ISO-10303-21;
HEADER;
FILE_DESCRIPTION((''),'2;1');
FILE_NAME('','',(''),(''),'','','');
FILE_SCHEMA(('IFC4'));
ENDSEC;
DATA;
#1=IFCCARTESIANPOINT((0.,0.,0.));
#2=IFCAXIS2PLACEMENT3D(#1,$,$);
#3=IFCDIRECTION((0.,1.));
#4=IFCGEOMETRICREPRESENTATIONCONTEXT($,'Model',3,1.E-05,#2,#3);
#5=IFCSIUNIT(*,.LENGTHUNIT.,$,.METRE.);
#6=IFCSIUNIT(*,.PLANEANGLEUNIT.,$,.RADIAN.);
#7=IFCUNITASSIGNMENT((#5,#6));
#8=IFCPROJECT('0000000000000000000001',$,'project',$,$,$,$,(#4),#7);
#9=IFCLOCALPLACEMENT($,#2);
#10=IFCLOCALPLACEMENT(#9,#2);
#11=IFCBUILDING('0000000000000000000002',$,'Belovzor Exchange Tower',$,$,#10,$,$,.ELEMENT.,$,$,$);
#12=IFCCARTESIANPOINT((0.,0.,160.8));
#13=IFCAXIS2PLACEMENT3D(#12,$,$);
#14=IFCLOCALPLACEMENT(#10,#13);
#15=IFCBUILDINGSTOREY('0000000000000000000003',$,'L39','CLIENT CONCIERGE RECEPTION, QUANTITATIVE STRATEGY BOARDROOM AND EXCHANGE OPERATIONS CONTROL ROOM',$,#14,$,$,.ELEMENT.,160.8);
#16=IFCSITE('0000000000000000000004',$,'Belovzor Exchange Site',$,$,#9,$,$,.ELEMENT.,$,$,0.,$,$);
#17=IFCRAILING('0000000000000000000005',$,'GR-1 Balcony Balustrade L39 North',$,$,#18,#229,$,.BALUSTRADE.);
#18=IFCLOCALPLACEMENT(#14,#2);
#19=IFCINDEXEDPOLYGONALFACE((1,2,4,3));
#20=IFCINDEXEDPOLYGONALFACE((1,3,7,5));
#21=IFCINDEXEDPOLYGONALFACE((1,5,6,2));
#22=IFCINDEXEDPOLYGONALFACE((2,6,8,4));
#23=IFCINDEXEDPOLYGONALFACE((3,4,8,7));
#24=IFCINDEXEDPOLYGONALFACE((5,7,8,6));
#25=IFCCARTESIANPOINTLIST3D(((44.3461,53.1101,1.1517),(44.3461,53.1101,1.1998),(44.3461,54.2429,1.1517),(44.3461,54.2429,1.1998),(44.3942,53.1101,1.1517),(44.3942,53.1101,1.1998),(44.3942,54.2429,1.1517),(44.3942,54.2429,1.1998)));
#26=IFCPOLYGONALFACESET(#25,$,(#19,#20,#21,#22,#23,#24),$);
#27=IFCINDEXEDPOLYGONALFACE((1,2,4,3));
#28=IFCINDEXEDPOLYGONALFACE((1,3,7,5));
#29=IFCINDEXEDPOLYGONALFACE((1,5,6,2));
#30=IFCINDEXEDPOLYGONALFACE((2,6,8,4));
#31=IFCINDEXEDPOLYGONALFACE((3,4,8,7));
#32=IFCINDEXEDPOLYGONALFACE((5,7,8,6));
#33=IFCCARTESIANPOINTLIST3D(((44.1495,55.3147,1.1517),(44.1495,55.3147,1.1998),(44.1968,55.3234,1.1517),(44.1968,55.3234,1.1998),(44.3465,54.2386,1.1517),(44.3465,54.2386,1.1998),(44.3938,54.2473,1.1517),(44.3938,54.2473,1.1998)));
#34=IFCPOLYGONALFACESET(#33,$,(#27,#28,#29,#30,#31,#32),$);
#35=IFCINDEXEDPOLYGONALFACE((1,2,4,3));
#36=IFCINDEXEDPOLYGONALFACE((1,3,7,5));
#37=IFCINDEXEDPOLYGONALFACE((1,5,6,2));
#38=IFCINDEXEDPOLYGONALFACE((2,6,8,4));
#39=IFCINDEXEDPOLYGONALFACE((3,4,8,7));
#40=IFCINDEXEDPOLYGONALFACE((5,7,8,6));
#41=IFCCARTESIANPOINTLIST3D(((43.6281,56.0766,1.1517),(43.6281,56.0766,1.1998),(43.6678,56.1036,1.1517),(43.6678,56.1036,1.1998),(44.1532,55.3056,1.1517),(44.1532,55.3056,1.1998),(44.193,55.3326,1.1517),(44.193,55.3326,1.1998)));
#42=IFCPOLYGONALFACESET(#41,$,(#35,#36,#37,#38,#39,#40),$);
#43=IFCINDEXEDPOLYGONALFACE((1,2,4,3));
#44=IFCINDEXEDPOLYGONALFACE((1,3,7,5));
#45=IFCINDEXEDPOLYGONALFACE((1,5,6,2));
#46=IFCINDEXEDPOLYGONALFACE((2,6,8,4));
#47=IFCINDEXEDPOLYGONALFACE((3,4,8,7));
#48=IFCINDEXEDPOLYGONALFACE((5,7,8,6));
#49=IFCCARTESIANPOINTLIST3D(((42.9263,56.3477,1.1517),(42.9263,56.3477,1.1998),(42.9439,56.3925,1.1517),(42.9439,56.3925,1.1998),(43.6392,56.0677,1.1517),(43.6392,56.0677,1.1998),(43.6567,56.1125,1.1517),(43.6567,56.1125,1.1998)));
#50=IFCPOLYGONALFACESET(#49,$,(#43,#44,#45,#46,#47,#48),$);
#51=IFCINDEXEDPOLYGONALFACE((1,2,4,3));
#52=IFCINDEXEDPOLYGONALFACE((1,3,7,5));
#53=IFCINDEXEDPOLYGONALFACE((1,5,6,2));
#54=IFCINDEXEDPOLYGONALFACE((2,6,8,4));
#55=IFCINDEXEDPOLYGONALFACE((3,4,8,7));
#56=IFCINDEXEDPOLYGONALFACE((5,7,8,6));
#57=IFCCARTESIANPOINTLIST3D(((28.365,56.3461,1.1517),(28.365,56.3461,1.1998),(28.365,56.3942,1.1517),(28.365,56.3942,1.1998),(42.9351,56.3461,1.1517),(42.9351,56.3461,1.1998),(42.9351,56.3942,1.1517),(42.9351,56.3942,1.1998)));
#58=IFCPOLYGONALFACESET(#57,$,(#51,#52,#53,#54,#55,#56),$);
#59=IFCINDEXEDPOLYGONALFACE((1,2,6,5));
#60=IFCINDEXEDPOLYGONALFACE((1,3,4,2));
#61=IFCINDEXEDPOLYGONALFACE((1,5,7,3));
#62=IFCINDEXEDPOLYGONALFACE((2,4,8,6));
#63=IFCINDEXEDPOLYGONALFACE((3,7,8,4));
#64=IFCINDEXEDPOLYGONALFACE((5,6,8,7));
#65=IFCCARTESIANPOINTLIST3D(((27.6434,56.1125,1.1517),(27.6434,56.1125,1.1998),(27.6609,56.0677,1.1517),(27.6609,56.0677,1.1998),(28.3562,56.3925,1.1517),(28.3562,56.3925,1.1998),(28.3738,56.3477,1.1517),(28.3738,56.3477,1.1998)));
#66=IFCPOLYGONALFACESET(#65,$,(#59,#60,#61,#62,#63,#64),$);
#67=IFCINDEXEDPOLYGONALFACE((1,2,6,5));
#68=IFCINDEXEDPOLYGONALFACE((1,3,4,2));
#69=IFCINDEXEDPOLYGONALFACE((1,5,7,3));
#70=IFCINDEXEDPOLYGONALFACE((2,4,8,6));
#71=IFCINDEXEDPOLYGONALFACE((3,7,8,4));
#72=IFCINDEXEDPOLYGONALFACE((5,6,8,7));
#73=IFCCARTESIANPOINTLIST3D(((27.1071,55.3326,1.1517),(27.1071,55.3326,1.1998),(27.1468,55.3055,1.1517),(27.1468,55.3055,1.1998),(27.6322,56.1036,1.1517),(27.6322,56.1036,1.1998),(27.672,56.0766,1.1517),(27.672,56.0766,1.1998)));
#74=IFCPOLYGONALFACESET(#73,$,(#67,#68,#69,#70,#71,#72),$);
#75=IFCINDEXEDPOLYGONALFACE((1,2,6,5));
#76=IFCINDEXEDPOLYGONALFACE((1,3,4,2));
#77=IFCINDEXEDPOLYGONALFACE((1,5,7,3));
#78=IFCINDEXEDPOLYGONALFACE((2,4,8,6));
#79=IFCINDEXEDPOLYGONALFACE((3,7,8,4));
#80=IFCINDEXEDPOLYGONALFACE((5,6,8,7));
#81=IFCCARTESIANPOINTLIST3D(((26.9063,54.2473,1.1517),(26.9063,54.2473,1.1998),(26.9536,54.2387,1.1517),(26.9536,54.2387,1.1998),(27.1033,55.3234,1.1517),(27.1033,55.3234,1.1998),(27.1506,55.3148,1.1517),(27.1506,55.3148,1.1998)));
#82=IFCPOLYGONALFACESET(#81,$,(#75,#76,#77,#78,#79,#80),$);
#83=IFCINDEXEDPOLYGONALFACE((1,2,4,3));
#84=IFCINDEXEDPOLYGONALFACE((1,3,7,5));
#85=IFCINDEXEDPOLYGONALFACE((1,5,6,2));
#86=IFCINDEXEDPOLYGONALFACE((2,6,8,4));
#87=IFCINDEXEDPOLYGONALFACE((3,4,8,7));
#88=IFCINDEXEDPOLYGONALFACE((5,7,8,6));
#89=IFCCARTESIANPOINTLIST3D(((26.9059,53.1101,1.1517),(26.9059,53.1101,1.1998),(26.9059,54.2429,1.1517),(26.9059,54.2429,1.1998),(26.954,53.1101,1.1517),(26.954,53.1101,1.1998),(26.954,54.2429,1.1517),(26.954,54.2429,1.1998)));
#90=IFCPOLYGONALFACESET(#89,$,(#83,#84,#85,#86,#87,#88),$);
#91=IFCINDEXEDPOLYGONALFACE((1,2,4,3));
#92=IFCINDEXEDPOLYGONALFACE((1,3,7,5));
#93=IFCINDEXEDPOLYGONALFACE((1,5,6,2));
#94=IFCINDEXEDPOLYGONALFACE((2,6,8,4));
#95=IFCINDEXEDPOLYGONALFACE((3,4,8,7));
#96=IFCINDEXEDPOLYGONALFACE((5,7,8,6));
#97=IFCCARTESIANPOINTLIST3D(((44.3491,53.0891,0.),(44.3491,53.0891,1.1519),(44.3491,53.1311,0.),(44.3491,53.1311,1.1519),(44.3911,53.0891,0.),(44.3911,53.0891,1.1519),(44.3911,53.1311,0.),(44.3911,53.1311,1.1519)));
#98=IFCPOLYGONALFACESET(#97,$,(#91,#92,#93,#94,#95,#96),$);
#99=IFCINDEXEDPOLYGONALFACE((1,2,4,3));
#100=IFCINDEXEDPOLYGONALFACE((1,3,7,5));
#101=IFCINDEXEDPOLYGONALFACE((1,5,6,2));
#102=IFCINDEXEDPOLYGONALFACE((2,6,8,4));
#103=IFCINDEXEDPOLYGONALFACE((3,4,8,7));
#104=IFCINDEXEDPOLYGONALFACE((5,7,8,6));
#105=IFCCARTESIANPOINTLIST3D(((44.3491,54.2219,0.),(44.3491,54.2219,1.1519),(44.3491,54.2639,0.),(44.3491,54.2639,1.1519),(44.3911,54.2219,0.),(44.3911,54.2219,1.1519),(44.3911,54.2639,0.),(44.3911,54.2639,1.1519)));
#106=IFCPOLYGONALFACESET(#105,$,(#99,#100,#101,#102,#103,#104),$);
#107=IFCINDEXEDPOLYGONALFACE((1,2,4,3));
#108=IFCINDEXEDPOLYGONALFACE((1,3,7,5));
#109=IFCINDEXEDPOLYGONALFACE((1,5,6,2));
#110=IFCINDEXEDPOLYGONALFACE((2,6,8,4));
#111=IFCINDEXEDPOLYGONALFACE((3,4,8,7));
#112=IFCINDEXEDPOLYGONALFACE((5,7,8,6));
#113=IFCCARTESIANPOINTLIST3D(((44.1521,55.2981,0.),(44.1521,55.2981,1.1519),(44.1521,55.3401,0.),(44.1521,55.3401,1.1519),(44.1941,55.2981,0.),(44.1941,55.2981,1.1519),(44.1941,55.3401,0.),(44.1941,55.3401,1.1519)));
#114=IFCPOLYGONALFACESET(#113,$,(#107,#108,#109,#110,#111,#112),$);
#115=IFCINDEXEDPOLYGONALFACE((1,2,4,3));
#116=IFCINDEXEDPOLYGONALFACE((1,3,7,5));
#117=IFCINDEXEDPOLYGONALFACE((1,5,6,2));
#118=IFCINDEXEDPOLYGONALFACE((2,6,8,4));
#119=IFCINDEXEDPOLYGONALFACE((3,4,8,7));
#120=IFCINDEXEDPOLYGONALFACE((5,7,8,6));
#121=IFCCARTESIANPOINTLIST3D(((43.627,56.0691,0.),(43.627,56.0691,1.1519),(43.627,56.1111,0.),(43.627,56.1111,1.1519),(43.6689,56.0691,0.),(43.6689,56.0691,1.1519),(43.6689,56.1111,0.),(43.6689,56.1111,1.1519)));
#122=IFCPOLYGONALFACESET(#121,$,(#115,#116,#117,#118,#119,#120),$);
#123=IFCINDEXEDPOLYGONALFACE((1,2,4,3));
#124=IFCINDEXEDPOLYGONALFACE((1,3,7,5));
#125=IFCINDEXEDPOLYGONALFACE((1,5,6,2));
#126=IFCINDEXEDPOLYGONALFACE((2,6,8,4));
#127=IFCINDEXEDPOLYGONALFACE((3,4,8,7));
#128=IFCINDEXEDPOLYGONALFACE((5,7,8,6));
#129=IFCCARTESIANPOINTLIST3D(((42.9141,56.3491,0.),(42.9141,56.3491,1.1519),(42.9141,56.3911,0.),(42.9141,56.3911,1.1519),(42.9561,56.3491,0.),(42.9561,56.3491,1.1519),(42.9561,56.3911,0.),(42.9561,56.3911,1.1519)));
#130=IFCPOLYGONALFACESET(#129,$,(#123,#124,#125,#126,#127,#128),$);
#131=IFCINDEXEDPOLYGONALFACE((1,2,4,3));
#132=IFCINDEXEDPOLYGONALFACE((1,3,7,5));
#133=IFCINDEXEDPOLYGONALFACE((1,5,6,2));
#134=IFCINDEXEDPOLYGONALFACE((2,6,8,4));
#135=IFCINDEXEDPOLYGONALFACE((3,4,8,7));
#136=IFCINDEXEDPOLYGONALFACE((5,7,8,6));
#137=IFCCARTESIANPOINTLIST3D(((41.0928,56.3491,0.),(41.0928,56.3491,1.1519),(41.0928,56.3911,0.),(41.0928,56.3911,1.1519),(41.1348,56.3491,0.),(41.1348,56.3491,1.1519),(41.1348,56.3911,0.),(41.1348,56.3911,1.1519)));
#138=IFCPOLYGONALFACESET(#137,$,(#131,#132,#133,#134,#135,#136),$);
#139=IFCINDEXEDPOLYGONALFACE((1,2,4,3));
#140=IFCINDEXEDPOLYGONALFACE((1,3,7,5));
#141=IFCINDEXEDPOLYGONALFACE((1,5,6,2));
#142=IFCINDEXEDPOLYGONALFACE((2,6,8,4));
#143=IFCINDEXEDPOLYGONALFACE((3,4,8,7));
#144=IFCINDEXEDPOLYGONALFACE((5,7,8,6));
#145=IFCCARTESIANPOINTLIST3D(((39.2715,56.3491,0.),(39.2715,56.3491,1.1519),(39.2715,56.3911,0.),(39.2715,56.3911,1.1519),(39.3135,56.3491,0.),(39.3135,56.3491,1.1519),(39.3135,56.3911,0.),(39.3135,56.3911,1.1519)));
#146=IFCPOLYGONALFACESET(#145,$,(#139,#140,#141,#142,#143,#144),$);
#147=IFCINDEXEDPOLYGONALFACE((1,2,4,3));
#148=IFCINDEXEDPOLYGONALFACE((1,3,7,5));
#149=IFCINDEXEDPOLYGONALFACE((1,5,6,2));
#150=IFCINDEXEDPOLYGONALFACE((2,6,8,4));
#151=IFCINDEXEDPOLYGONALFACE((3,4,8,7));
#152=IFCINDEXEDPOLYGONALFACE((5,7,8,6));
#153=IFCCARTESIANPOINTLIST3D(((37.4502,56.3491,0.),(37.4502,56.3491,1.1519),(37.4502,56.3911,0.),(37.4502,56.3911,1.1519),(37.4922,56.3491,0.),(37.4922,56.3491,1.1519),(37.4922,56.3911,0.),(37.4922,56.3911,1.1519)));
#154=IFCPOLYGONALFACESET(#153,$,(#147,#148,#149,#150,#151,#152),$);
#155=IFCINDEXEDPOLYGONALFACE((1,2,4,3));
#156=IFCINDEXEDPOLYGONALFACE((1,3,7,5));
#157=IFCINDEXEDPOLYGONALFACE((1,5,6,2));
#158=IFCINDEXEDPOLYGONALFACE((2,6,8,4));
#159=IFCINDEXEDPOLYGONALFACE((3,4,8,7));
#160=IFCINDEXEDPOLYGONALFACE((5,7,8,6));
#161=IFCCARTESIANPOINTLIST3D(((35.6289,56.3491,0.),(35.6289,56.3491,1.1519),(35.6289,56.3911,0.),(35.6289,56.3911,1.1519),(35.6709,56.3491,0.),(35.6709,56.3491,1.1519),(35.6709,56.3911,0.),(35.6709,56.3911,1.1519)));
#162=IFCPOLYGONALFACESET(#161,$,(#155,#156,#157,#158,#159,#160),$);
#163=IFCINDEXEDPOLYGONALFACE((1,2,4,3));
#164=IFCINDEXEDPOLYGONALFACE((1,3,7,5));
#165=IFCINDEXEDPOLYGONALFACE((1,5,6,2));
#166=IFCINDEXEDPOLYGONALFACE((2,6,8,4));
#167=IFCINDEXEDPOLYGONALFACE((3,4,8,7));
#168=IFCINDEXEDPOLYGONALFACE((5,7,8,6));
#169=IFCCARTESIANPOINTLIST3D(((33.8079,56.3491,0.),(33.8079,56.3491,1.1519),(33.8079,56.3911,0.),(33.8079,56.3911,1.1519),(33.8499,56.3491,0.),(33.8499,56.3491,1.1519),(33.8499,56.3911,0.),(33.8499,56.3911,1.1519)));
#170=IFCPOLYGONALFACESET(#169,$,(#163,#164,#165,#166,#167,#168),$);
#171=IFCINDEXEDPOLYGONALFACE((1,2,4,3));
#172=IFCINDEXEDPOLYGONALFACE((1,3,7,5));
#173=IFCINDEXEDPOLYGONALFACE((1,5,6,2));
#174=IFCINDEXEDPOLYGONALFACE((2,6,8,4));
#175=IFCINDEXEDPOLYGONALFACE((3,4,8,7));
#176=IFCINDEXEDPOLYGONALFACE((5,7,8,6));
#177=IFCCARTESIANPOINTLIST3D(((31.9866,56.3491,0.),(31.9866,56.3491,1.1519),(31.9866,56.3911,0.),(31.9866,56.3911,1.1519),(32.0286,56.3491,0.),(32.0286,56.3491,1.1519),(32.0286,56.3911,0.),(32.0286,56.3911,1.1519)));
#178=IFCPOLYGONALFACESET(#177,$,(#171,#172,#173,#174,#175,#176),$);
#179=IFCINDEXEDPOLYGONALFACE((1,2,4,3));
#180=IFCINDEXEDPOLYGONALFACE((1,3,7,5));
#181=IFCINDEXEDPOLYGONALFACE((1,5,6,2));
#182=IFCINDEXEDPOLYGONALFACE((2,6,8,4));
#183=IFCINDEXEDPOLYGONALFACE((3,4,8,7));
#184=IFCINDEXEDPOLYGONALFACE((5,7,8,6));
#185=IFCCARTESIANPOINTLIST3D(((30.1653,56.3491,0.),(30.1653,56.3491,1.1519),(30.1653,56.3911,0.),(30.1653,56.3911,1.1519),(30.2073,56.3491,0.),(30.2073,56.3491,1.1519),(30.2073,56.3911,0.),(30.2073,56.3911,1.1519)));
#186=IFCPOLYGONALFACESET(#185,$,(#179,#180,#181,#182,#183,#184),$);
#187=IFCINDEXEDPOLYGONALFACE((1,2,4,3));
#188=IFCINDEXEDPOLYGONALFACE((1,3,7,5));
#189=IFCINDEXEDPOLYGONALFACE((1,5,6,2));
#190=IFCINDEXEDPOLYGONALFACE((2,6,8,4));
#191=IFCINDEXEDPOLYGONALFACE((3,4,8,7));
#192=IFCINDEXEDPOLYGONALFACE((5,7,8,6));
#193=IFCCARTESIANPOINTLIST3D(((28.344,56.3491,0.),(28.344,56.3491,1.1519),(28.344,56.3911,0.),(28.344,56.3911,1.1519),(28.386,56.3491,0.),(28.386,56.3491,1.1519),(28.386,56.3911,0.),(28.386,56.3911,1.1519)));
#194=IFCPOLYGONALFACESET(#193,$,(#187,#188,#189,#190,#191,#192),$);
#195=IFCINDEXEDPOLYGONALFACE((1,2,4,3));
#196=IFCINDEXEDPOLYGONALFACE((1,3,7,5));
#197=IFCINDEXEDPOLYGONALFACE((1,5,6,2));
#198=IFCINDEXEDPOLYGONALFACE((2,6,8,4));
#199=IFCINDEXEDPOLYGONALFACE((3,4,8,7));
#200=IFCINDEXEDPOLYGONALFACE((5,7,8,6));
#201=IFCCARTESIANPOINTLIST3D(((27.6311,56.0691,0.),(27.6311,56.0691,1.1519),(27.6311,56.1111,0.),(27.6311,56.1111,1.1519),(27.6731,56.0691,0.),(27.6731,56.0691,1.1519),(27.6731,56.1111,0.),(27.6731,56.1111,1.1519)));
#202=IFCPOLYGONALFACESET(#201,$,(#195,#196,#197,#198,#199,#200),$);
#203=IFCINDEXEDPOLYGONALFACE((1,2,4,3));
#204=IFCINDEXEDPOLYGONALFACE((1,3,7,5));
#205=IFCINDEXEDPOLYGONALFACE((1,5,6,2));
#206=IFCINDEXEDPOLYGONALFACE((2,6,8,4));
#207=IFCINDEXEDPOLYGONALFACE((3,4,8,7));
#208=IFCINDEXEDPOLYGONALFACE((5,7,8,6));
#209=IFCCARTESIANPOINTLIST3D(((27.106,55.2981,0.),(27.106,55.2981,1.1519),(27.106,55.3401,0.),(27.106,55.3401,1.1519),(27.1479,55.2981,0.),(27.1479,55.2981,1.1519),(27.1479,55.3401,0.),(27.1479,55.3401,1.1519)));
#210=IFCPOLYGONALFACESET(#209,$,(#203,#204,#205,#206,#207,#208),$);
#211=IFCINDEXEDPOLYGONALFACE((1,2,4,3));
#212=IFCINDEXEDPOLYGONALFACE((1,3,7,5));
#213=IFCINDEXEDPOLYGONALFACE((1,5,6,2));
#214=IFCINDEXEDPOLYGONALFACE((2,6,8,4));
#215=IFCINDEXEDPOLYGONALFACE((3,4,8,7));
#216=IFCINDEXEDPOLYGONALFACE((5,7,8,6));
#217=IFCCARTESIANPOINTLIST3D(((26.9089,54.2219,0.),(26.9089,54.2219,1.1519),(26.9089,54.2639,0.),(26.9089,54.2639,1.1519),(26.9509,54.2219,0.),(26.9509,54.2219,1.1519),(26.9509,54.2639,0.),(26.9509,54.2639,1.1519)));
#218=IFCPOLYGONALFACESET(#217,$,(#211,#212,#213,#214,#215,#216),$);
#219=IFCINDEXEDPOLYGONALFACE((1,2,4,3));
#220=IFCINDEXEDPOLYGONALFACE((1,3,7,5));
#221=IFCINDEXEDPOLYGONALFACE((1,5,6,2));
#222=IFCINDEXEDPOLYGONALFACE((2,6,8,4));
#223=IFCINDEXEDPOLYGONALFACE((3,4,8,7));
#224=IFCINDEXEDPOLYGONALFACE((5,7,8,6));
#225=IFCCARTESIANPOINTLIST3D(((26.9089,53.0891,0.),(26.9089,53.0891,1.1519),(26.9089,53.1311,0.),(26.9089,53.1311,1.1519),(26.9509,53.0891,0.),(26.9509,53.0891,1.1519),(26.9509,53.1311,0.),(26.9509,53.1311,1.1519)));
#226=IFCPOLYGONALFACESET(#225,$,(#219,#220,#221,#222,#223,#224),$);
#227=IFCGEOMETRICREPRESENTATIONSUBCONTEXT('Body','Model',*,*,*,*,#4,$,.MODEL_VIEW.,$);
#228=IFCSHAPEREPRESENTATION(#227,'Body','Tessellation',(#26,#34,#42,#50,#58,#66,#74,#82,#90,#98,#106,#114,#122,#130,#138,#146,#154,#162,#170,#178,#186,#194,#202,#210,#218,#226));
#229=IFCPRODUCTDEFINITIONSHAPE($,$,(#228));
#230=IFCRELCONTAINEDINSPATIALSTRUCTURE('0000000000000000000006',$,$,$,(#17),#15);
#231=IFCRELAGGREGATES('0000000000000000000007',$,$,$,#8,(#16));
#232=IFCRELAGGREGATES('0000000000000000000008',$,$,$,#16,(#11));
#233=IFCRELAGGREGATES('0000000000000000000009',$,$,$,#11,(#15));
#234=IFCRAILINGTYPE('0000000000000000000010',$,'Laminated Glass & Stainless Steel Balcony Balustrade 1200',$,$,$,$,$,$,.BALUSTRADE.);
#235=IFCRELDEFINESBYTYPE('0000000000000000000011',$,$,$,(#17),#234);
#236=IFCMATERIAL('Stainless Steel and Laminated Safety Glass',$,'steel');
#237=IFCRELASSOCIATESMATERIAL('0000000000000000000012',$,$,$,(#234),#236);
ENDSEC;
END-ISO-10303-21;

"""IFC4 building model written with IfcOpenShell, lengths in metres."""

from ifc_helpers import new_model, si_unit, direction, frame, origin, origin_2d, place, context, subcontext, project, spatial, rectangle, extrude, material, type_object, element, save


model = new_model("IFC4")

# Units and contexts
model_context = context("Model", 3, precision=1e-05, world=origin(), true_north=direction((0.0, 1.0)))
body_context = subcontext(model_context, "Body", "Model", "MODEL_VIEW")
ifc_project = project(units=[si_unit("LENGTHUNIT", "METRE"), si_unit("PLANEANGLEUNIT", "RADIAN")], contexts=[model_context])

# Site, building, storey
site_placement = place(None, origin())
site = spatial("IfcSite", under=ifc_project, at=site_placement, Name="Belovzor Exchange Site", CompositionType="ELEMENT", RefElevation=0.0)
building_placement = place(site_placement, origin())
building = spatial("IfcBuilding", under=site, at=building_placement, Name="Belovzor Exchange Tower", CompositionType="ELEMENT")
storey_placement = place(building_placement, frame((0.0, 0.0, 160.8)))
storey = spatial("IfcBuildingStorey", under=building, at=storey_placement, Name="L39", Description="CLIENT CONCIERGE RECEPTION, QUANTITATIVE STRATEGY BOARDROOM AND EXCHANGE OPERATIONS CONTROL ROOM", CompositionType="ELEMENT", Elevation=160.8)

# Railing
ifc_material_1 = material(Name="Stainless Steel and Laminated Safety Glass", Category="steel")
railing_type = type_object("IfcRailingType", Name="Laminated Glass & Stainless Steel Balcony Balustrade 1200", PredefinedType="BALUSTRADE", material=ifc_material_1)
railing_placement = place(storey_placement, frame((44.3701, 53.1101, 0.0)))
element("IfcRailing", 1, at=railing_placement, inside=storey, type_object=railing_type, Name="GR-1 Balcony Balustrade L39 North", PredefinedType="BALUSTRADE", context=body_context, shape_type="SweptSolid", body=[
    extrude(rectangle(XDim=0.0481, YDim=0.0481, at=origin_2d()), frame((0.0, 0.0, 1.1758), z_axis=(0.0, 1.0, 0.0), x_axis=(-1.0, 0.0, 0.0)), (0.0, 0.0, 1.0), 1.1328),
    extrude(rectangle(XDim=0.0481, YDim=0.0481, at=origin_2d()), frame((0.0, 1.1328, 1.1758), z_axis=(-0.180083, 0.983651, 0.0), x_axis=(-0.983651, -0.180083, 0.0)), (0.0, 0.0, 1.0), 1.094),
    extrude(rectangle(XDim=0.0481, YDim=0.0481, at=origin_2d()), frame((-0.197, 2.209, 1.1758), z_axis=(-0.562947, 0.826493, 0.0), x_axis=(-0.826493, -0.562947, 0.0)), (0.0, 0.0, 1.0), 0.9329),
    extrude(rectangle(XDim=0.0481, YDim=0.0481, at=origin_2d()), frame((-0.7222, 2.98, 1.1758), z_axis=(-0.930767, 0.365613, 0.0), x_axis=(-0.365613, -0.930767, 0.0)), (0.0, 0.0, 1.0), 0.7659),
    extrude(rectangle(XDim=0.0481, YDim=0.0481, at=origin_2d()), frame((-1.4351, 3.26, 1.1758), z_axis=(-1.0, 0.0, 0.0), x_axis=(0.0, -1.0, 0.0)), (0.0, 0.0, 1.0), 14.5701),
    extrude(rectangle(XDim=0.0481, YDim=0.0481, at=origin_2d()), frame((-16.0051, 3.26, 1.1758), z_axis=(-0.930767, -0.365613, 0.0), x_axis=(0.365613, -0.930767, 0.0)), (0.0, 0.0, 1.0), 0.7659),
    extrude(rectangle(XDim=0.0481, YDim=0.0481, at=origin_2d()), frame((-16.718, 2.98, 1.1758), z_axis=(-0.562947, -0.826493, 0.0), x_axis=(0.826493, -0.562947, 0.0)), (0.0, 0.0, 1.0), 0.9329),
    extrude(rectangle(XDim=0.0481, YDim=0.0481, at=origin_2d()), frame((-17.2432, 2.209, 1.1758), z_axis=(-0.180083, -0.983651, 0.0), x_axis=(0.983651, -0.180083, 0.0)), (0.0, 0.0, 1.0), 1.094),
    extrude(rectangle(XDim=0.0481, YDim=0.0481, at=origin_2d()), frame((-17.4402, 1.1328, 1.1758), z_axis=(0.0, -1.0, 0.0), x_axis=(1.0, 0.0, 0.0)), (0.0, 0.0, 1.0), 1.1328),
    extrude(rectangle(XDim=0.042, YDim=0.042, at=origin_2d()), origin(), (0.0, 0.0, 1.0), 1.1519),
    extrude(rectangle(XDim=0.042, YDim=0.042, at=origin_2d()), frame((0.0, 1.1328, 0.0)), (0.0, 0.0, 1.0), 1.1519),
    extrude(rectangle(XDim=0.042, YDim=0.042, at=origin_2d()), frame((-0.197, 2.209, 0.0)), (0.0, 0.0, 1.0), 1.1519),
    extrude(rectangle(XDim=0.042, YDim=0.042, at=origin_2d()), frame((-0.7222, 2.98, 0.0)), (0.0, 0.0, 1.0), 1.1519),
    extrude(rectangle(XDim=0.042, YDim=0.042, at=origin_2d()), frame((-1.4351, 3.26, 0.0)), (0.0, 0.0, 1.0), 1.1519),
    extrude(rectangle(XDim=0.042, YDim=0.042, at=origin_2d()), frame((-3.2563, 3.26, 0.0)), (0.0, 0.0, 1.0), 1.1519),
    extrude(rectangle(XDim=0.042, YDim=0.042, at=origin_2d()), frame((-5.0776, 3.26, 0.0)), (0.0, 0.0, 1.0), 1.1519),
    extrude(rectangle(XDim=0.042, YDim=0.042, at=origin_2d()), frame((-6.8989, 3.26, 0.0)), (0.0, 0.0, 1.0), 1.1519),
    extrude(rectangle(XDim=0.042, YDim=0.042, at=origin_2d()), frame((-8.7202, 3.26, 0.0)), (0.0, 0.0, 1.0), 1.1519),
    extrude(rectangle(XDim=0.042, YDim=0.042, at=origin_2d()), frame((-10.5413, 3.26, 0.0)), (0.0, 0.0, 1.0), 1.1519),
    extrude(rectangle(XDim=0.042, YDim=0.042, at=origin_2d()), frame((-12.3625, 3.26, 0.0)), (0.0, 0.0, 1.0), 1.1519),
    extrude(rectangle(XDim=0.042, YDim=0.042, at=origin_2d()), frame((-14.1838, 3.26, 0.0)), (0.0, 0.0, 1.0), 1.1519),
    extrude(rectangle(XDim=0.042, YDim=0.042, at=origin_2d()), frame((-16.0051, 3.26, 0.0)), (0.0, 0.0, 1.0), 1.1519),
    extrude(rectangle(XDim=0.042, YDim=0.042, at=origin_2d()), frame((-16.718, 2.98, 0.0)), (0.0, 0.0, 1.0), 1.1519),
    extrude(rectangle(XDim=0.042, YDim=0.042, at=origin_2d()), frame((-17.2432, 2.209, 0.0)), (0.0, 0.0, 1.0), 1.1519),
    extrude(rectangle(XDim=0.042, YDim=0.042, at=origin_2d()), frame((-17.4402, 1.1328, 0.0)), (0.0, 0.0, 1.0), 1.1519),
    extrude(rectangle(XDim=0.042, YDim=0.042, at=origin_2d()), frame((-17.4402, 0.0, 0.0)), (0.0, 0.0, 1.0), 1.1519),
])

save(model, "model.ifc")
